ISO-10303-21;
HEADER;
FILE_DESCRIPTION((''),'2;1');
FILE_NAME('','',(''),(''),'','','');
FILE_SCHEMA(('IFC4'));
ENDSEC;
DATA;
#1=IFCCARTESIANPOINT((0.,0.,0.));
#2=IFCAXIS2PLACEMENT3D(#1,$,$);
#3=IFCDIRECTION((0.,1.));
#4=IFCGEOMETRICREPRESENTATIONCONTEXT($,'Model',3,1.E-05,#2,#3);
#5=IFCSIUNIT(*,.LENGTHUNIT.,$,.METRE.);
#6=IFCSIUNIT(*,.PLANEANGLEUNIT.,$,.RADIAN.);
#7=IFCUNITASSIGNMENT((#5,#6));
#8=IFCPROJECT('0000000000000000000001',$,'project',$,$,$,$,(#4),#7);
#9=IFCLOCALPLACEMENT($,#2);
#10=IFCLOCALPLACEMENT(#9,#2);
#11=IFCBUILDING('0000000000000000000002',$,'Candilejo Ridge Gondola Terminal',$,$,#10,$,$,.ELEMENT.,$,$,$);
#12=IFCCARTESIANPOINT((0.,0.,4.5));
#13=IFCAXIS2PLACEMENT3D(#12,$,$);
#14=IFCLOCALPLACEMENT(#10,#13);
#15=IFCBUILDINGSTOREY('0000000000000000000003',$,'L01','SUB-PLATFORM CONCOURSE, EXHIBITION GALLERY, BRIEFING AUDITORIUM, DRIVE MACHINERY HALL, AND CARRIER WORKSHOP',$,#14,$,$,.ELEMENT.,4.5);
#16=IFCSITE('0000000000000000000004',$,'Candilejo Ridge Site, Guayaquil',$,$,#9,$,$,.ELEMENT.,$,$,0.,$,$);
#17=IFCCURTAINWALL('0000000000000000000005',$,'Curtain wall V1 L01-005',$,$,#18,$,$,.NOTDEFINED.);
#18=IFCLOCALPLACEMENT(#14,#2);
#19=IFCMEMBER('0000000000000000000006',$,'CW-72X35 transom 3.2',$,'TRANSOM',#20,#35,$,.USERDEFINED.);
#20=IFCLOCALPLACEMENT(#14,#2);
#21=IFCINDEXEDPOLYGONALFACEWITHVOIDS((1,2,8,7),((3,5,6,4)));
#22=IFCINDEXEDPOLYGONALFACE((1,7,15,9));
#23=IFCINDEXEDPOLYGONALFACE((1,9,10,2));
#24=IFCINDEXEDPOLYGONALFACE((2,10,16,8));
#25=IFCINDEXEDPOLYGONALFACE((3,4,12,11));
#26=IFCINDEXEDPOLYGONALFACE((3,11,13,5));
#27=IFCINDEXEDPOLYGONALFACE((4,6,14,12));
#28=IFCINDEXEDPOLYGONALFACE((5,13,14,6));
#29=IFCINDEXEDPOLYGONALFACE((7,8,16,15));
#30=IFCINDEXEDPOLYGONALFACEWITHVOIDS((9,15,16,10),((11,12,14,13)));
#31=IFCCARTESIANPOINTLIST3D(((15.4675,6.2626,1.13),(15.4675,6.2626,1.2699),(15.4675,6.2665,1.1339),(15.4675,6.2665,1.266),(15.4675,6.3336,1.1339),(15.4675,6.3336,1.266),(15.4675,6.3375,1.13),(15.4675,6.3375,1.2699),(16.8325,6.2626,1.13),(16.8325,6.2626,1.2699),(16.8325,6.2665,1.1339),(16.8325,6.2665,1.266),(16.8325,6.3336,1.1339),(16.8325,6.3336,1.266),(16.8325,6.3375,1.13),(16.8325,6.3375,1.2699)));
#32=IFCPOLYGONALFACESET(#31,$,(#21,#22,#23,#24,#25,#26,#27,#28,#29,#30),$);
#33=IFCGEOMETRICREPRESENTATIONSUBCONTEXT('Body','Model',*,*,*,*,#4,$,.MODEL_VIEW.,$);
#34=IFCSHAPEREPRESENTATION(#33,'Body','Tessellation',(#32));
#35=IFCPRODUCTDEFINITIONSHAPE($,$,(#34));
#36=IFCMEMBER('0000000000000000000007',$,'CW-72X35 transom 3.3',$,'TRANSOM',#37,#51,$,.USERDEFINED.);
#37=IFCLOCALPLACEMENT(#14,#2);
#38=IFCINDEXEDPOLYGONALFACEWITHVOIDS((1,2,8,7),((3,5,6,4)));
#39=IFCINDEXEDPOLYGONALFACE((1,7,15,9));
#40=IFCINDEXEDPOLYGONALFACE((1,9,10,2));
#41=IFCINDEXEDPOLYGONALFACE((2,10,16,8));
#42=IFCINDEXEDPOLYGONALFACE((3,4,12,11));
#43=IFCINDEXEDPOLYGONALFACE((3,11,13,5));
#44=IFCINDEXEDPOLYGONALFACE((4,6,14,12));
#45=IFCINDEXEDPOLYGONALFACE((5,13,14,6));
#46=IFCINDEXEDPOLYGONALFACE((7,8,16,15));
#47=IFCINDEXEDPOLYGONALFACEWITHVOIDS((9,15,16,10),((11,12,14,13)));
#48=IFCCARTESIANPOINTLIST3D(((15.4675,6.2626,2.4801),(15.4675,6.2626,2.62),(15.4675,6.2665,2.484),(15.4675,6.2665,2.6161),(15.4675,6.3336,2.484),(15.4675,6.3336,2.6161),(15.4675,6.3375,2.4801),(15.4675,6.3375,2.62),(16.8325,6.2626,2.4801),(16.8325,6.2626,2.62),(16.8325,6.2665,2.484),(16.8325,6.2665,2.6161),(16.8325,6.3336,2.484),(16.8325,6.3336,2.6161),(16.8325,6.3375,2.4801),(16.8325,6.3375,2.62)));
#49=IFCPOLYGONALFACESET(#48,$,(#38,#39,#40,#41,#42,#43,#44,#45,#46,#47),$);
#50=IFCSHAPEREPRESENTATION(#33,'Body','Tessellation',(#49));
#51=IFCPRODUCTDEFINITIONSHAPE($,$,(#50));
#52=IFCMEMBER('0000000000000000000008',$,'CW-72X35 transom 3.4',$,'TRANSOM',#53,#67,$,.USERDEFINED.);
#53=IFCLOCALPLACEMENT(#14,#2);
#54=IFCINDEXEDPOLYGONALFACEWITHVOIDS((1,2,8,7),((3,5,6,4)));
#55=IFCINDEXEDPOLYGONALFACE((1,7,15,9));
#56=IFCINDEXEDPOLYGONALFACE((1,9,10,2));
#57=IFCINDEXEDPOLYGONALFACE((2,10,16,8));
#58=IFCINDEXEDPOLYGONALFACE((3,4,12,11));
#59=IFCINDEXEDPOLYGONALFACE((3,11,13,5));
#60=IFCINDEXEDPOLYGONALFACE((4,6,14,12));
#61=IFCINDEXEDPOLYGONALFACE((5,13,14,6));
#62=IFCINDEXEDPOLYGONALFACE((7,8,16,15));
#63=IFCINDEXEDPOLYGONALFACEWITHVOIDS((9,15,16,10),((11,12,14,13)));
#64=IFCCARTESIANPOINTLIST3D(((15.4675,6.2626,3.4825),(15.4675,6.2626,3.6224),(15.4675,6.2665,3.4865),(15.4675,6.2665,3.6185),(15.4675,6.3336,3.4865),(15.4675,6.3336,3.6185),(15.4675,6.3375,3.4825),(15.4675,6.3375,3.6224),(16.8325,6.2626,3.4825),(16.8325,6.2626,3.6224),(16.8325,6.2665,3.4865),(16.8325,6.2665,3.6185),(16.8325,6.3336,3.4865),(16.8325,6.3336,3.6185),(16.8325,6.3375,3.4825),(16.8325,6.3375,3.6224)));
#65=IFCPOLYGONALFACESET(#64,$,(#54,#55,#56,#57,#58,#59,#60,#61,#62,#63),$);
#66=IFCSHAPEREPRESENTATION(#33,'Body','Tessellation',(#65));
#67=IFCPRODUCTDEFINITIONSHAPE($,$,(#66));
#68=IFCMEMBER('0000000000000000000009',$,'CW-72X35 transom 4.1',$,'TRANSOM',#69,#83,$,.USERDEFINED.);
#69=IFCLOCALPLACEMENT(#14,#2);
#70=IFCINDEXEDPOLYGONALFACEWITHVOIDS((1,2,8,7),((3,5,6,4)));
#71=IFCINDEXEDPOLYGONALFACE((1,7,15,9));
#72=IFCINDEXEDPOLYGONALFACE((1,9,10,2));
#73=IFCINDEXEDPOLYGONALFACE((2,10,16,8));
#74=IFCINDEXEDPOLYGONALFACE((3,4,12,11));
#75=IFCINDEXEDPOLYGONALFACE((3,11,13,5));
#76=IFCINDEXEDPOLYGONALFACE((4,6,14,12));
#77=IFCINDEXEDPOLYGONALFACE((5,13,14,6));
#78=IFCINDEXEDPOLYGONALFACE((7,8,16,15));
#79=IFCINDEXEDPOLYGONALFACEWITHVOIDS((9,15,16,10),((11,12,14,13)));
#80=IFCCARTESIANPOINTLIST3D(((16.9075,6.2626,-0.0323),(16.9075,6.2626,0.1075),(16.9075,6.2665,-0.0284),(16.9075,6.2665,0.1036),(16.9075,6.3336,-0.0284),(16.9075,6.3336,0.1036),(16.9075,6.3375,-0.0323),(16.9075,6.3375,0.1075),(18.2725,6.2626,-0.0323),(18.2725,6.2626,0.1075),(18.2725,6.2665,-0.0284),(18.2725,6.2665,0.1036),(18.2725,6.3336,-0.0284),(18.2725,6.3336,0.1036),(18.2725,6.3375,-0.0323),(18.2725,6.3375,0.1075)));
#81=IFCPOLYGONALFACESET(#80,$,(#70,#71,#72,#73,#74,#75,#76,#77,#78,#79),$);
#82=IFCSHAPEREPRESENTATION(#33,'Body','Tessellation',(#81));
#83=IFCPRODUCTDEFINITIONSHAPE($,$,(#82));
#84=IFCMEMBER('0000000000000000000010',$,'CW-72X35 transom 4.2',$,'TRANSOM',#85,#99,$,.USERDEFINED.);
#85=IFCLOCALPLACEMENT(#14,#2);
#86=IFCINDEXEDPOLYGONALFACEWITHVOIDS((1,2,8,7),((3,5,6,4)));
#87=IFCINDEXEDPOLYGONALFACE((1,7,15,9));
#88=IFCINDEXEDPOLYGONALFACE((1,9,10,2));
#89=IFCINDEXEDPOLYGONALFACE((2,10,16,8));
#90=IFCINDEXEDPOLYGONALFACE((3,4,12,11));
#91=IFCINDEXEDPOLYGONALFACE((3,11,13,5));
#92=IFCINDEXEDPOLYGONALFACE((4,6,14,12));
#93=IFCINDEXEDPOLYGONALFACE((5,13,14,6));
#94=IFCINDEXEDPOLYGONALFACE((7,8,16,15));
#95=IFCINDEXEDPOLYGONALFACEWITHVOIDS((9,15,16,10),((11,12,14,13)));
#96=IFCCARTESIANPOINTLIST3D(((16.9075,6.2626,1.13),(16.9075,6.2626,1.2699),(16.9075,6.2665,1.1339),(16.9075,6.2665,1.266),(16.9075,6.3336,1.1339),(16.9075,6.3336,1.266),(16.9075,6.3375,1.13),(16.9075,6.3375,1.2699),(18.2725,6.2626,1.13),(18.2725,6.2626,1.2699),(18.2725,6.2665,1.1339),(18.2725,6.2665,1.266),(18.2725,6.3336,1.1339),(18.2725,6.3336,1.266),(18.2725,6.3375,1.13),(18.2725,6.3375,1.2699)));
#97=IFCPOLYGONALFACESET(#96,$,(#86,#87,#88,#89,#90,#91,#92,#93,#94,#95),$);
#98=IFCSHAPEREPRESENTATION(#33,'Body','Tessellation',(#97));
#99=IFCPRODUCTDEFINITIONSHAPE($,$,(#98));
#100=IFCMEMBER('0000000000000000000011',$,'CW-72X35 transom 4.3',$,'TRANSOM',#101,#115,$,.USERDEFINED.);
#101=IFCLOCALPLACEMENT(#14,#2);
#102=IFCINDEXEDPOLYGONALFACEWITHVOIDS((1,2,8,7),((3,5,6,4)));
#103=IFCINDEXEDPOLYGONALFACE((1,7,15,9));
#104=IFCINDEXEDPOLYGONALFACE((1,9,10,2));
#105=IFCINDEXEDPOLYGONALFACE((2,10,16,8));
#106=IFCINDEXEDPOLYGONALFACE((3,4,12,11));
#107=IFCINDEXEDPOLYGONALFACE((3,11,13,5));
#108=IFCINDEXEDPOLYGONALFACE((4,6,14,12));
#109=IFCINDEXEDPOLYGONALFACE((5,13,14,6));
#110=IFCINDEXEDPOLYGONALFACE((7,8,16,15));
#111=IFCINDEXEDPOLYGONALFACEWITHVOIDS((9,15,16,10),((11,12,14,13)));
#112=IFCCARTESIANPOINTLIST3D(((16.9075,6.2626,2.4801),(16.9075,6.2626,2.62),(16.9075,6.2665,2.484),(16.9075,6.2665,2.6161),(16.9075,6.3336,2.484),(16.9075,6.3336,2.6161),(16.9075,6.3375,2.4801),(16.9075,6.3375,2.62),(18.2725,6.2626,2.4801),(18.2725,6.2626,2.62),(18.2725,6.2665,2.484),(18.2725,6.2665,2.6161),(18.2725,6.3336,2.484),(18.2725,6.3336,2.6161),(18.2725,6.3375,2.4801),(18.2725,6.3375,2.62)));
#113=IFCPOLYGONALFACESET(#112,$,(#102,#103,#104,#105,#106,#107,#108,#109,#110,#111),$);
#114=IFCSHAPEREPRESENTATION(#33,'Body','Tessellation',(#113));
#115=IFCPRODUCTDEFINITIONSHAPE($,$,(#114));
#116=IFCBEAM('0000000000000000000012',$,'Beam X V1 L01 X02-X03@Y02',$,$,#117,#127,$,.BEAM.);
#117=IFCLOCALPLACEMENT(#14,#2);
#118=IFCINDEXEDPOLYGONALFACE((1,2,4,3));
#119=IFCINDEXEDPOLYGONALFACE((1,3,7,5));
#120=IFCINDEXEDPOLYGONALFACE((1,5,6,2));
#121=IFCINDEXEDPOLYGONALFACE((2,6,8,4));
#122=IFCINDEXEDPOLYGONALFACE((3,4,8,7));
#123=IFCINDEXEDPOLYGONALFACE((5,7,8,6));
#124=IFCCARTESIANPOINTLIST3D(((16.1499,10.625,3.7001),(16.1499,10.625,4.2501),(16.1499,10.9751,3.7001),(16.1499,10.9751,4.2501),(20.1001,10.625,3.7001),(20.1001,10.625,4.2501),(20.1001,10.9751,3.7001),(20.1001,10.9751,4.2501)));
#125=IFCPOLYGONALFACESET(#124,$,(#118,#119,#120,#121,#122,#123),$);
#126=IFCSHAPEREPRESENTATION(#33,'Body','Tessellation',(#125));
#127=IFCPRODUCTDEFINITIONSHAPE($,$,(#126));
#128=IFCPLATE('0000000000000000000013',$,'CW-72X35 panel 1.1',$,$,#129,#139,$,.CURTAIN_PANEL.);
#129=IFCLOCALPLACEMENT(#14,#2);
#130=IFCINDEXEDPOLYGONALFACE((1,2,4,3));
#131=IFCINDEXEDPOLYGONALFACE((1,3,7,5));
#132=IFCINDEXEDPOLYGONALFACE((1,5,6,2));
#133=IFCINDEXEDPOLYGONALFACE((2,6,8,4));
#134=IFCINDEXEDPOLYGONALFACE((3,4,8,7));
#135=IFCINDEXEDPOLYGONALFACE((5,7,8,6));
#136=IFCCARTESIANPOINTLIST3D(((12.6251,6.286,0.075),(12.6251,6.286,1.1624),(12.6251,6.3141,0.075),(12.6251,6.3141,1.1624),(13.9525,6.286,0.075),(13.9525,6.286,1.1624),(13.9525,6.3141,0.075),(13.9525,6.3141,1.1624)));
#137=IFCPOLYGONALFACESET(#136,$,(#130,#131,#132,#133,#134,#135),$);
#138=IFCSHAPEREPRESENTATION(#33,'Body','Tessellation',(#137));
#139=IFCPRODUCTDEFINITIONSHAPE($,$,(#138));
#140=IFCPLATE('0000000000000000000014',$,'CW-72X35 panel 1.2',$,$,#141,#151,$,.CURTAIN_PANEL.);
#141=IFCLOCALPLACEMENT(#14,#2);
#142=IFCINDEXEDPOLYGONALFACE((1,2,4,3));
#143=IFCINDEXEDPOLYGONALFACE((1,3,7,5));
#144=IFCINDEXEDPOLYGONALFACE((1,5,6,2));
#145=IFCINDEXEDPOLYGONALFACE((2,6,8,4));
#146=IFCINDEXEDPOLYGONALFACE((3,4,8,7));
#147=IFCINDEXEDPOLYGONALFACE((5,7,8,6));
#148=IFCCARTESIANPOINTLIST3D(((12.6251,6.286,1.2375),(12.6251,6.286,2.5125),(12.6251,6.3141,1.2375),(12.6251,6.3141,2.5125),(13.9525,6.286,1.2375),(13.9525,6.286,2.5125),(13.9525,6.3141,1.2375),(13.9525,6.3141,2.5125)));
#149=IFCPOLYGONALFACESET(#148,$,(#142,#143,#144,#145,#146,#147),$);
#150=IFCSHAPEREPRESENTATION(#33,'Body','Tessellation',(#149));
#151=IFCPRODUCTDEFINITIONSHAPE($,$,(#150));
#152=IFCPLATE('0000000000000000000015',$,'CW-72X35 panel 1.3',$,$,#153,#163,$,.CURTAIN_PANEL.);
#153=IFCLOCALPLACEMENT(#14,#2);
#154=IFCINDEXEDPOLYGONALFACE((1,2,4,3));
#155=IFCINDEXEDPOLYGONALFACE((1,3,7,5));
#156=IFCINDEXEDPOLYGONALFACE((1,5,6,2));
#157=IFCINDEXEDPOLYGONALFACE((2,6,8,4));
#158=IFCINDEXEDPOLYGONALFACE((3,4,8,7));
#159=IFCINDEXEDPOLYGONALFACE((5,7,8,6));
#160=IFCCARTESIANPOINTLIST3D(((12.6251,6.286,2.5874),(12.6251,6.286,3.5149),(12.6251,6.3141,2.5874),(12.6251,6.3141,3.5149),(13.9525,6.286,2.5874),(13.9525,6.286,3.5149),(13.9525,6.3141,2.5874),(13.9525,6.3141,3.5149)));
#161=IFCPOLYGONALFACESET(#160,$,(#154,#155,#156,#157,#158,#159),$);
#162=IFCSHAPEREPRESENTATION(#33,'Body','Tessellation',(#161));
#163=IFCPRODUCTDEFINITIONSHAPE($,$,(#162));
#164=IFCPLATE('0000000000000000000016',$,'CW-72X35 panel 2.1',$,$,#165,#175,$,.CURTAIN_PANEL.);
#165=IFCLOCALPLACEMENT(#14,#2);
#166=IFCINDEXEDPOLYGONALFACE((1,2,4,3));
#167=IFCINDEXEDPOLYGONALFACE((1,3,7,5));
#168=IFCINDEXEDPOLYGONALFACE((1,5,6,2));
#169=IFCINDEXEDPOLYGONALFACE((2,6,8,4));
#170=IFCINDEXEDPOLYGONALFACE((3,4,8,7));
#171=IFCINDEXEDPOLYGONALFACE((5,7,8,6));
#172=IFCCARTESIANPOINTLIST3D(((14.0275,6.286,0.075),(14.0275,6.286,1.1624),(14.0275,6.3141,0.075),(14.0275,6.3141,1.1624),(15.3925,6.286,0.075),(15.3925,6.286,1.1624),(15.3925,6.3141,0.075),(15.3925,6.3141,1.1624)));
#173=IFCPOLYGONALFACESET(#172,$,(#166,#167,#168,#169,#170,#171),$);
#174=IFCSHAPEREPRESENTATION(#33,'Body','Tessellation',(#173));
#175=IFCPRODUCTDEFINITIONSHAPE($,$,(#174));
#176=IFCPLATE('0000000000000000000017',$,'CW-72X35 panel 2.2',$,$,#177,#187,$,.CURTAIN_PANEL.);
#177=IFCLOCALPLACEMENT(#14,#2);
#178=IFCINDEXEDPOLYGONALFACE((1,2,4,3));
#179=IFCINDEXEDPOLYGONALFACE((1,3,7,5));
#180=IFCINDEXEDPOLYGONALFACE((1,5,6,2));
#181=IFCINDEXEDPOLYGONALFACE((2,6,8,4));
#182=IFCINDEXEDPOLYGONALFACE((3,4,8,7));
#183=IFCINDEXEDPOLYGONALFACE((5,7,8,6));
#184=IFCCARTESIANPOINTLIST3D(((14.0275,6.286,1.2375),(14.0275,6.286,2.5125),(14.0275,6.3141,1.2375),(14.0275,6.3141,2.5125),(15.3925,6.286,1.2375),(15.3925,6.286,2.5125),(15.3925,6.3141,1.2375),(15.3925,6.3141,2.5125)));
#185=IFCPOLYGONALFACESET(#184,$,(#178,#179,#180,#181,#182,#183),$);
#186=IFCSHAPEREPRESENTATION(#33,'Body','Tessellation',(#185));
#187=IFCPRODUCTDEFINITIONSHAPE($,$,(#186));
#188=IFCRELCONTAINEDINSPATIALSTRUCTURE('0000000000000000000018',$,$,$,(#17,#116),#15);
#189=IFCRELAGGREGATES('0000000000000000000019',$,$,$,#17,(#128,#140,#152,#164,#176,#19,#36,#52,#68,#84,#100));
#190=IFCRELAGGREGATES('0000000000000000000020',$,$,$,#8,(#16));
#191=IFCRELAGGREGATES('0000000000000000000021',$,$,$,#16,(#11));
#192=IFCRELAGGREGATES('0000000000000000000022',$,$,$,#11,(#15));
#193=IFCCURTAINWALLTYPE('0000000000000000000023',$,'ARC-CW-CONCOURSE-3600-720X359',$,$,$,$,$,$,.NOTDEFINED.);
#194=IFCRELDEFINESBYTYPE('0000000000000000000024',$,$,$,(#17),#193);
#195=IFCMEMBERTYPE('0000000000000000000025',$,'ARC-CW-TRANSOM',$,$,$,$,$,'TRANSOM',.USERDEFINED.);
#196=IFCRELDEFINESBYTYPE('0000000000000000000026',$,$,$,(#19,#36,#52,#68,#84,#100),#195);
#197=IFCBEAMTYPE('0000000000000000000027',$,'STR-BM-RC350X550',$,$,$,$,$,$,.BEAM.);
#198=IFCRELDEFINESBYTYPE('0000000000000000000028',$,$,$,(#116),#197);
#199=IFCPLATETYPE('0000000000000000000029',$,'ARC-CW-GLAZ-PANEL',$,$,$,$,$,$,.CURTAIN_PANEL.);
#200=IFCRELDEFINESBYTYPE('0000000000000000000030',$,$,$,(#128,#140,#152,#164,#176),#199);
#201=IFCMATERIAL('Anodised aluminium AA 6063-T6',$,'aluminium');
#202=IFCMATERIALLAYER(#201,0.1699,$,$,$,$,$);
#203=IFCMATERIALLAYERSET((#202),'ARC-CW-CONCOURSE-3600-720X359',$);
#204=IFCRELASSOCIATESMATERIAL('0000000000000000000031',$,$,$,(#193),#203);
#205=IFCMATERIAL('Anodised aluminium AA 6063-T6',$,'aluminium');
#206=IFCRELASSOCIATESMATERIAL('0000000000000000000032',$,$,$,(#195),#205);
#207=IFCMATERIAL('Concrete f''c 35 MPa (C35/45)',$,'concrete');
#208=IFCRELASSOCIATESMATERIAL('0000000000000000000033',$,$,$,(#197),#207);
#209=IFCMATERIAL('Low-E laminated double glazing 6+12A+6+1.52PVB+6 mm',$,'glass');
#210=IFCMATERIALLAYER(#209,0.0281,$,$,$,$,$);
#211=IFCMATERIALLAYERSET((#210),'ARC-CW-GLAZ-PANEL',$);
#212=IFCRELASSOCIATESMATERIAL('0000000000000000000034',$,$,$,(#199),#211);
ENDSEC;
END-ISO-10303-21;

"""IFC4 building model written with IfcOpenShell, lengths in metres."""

from ifc_helpers import new_model, si_unit, direction, frame, origin, origin_2d, place, context, subcontext, project, spatial, rectangle, hollow_rectangle, extrude, material, layer, layer_set, material_profile, profile_set, type_object, element, aggregate, save


model = new_model("IFC4")

# Units and contexts
model_context = context("Model", 3, precision=1e-05, world=origin(), true_north=direction((0.0, 1.0)))
body_context = subcontext(model_context, "Body", "Model", "MODEL_VIEW")
ifc_project = project(units=[si_unit("LENGTHUNIT", "METRE"), si_unit("PLANEANGLEUNIT", "RADIAN")], contexts=[model_context])

# Site, building, storey
site_placement = place(None, origin())
site = spatial("IfcSite", under=ifc_project, at=site_placement, Name="Candilejo Ridge Site, Guayaquil", CompositionType="ELEMENT", RefElevation=0.0)
building_placement = place(site_placement, origin())
building = spatial("IfcBuilding", under=site, at=building_placement, Name="Candilejo Ridge Gondola Terminal", CompositionType="ELEMENT")
storey_placement = place(building_placement, frame((0.0, 0.0, 4.5)))
storey = spatial("IfcBuildingStorey", under=building, at=storey_placement, Name="L01", Description="SUB-PLATFORM CONCOURSE, EXHIBITION GALLERY, BRIEFING AUDITORIUM, DRIVE MACHINERY HALL, AND CARRIER WORKSHOP", CompositionType="ELEMENT", Elevation=4.5)

# Curtain wall, members
ifc_material_1 = material(Name="Anodised aluminium AA 6063-T6", Category="aluminium")
ifc_layer_1 = layer(ifc_material_1, 0.1699)
ifc_layer_set_1 = layer_set([ifc_layer_1], Name="ARC-CW-CONCOURSE-3600-720X359")
curtain_wall_type = type_object("IfcCurtainWallType", Name="ARC-CW-CONCOURSE-3600-720X359", PredefinedType="NOTDEFINED", material=ifc_layer_set_1)
curtain_wall_placement = place(storey_placement, origin())
curtain_wall = element("IfcCurtainWall", 1, at=curtain_wall_placement, inside=storey, type_object=curtain_wall_type, Name="Curtain wall V1 L01-005", PredefinedType="NOTDEFINED")
ifc_material_2 = material(Name="Anodised aluminium AA 6063-T6", Category="aluminium")
ifc_material_profile_1 = material_profile(ifc_material_2, hollow_rectangle(XDim=0.075, YDim=0.1399, WallThickness=0.0039, at=origin_2d()))
ifc_profile_set_1 = profile_set([ifc_material_profile_1], Name="Anodised aluminium AA 6063-T6")
member_type_1 = type_object("IfcMemberType", Name="ARC-CW-TRANSOM", ElementType="TRANSOM", PredefinedType="USERDEFINED", material=ifc_profile_set_1)
member_1_placement = place(storey_placement, frame((15.4675, 6.3, 1.2), z_axis=(1.0, 0.0, 0.0), x_axis=(0.0, 1.0, 0.0)))
member_1 = element("IfcMember", 2, at=member_1_placement, type_object=member_type_1, Name="CW-72X35 transom 3.2", ObjectType="TRANSOM", PredefinedType="USERDEFINED", context=body_context, shape_type="SweptSolid", body=[
    extrude(hollow_rectangle(XDim=0.075, YDim=0.1399, WallThickness=0.0039, at=origin_2d()), origin(), (0.0, 0.0, 1.0), 1.365),
])
member_2_placement = place(storey_placement, frame((15.4675, 6.3, 2.55), z_axis=(1.0, 0.0, 0.0), x_axis=(0.0, 1.0, 0.0)))
member_2 = element("IfcMember", 3, at=member_2_placement, type_object=member_type_1, Name="CW-72X35 transom 3.3", ObjectType="TRANSOM", PredefinedType="USERDEFINED", context=body_context, shape_type="SweptSolid", body=[
    extrude(hollow_rectangle(XDim=0.075, YDim=0.1399, WallThickness=0.0039, at=origin_2d()), origin(), (0.0, 0.0, 1.0), 1.365),
])
member_3_placement = place(storey_placement, frame((15.4675, 6.3, 3.5525), z_axis=(1.0, 0.0, 0.0), x_axis=(0.0, 1.0, 0.0)))
member_3 = element("IfcMember", 4, at=member_3_placement, type_object=member_type_1, Name="CW-72X35 transom 3.4", ObjectType="TRANSOM", PredefinedType="USERDEFINED", context=body_context, shape_type="SweptSolid", body=[
    extrude(hollow_rectangle(XDim=0.075, YDim=0.1399, WallThickness=0.0039, at=origin_2d()), origin(), (0.0, 0.0, 1.0), 1.365),
])
member_4_placement = place(storey_placement, frame((16.9075, 6.3, 0.0376), z_axis=(1.0, 0.0, 0.0), x_axis=(0.0, 1.0, 0.0)))
member_4 = element("IfcMember", 5, at=member_4_placement, type_object=member_type_1, Name="CW-72X35 transom 4.1", ObjectType="TRANSOM", PredefinedType="USERDEFINED", context=body_context, shape_type="SweptSolid", body=[
    extrude(hollow_rectangle(XDim=0.075, YDim=0.1399, WallThickness=0.0039, at=origin_2d()), origin(), (0.0, 0.0, 1.0), 1.365),
])
member_5_placement = place(storey_placement, frame((16.9075, 6.3, 1.2), z_axis=(1.0, 0.0, 0.0), x_axis=(0.0, 1.0, 0.0)))
member_5 = element("IfcMember", 6, at=member_5_placement, type_object=member_type_1, Name="CW-72X35 transom 4.2", ObjectType="TRANSOM", PredefinedType="USERDEFINED", context=body_context, shape_type="SweptSolid", body=[
    extrude(hollow_rectangle(XDim=0.075, YDim=0.1399, WallThickness=0.0039, at=origin_2d()), origin(), (0.0, 0.0, 1.0), 1.365),
])
member_6_placement = place(storey_placement, frame((16.9075, 6.3, 2.55), z_axis=(1.0, 0.0, 0.0), x_axis=(0.0, 1.0, 0.0)))
member_6 = element("IfcMember", 7, at=member_6_placement, type_object=member_type_1, Name="CW-72X35 transom 4.3", ObjectType="TRANSOM", PredefinedType="USERDEFINED", context=body_context, shape_type="SweptSolid", body=[
    extrude(hollow_rectangle(XDim=0.075, YDim=0.1399, WallThickness=0.0039, at=origin_2d()), origin(), (0.0, 0.0, 1.0), 1.365),
])

# Beam
ifc_material_3 = material(Name="Concrete f'c 35 MPa (C35/45)", Category="concrete")
ifc_material_profile_2 = material_profile(ifc_material_3, rectangle(XDim=0.3501, YDim=0.55, at=origin_2d()))
ifc_profile_set_2 = profile_set([ifc_material_profile_2], Name="Concrete f'c 35 MPa (C35/45)")
beam_type = type_object("IfcBeamType", Name="STR-BM-RC350X550", PredefinedType="BEAM", material=ifc_profile_set_2)
beam_placement = place(storey_placement, frame((16.1499, 10.8, 3.9751), z_axis=(1.0, 0.0, 0.0), x_axis=(0.0, 1.0, 0.0)))
element("IfcBeam", 8, at=beam_placement, inside=storey, type_object=beam_type, Name="Beam X V1 L01 X02-X03@Y02", PredefinedType="BEAM", context=body_context, shape_type="SweptSolid", body=[
    extrude(rectangle(XDim=0.3501, YDim=0.55, at=origin_2d()), origin(), (0.0, 0.0, 1.0), 3.9502),
])

# Plates
ifc_material_4 = material(Name="Low-E laminated double glazing 6+12A+6+1.52PVB+6 mm", Category="glass")
ifc_layer_2 = layer(ifc_material_4, 0.0281)
ifc_layer_set_2 = layer_set([ifc_layer_2], Name="ARC-CW-GLAZ-PANEL")
plate_type = type_object("IfcPlateType", Name="ARC-CW-GLAZ-PANEL", PredefinedType="CURTAIN_PANEL", material=ifc_layer_set_2)
plate_1_placement = place(storey_placement, frame((13.2888, 6.3, 0.075), z_axis=(0.0, 0.0, 1.0), x_axis=(1.0, 0.0, 0.0)))
plate_1 = element("IfcPlate", 9, at=plate_1_placement, type_object=plate_type, Name="CW-72X35 panel 1.1", PredefinedType="CURTAIN_PANEL", context=body_context, shape_type="SweptSolid", body=[
    extrude(rectangle(XDim=1.3274, YDim=0.0281, at=origin_2d()), origin(), (0.0, 0.0, 1.0), 1.0874),
])
plate_2_placement = place(storey_placement, frame((13.2888, 6.3, 1.2375), z_axis=(0.0, 0.0, 1.0), x_axis=(1.0, 0.0, 0.0)))
plate_2 = element("IfcPlate", 10, at=plate_2_placement, type_object=plate_type, Name="CW-72X35 panel 1.2", PredefinedType="CURTAIN_PANEL", context=body_context, shape_type="SweptSolid", body=[
    extrude(rectangle(XDim=1.3274, YDim=0.0281, at=origin_2d()), origin(), (0.0, 0.0, 1.0), 1.2749),
])
plate_3_placement = place(storey_placement, frame((13.2888, 6.3, 2.5874), z_axis=(0.0, 0.0, 1.0), x_axis=(1.0, 0.0, 0.0)))
plate_3 = element("IfcPlate", 11, at=plate_3_placement, type_object=plate_type, Name="CW-72X35 panel 1.3", PredefinedType="CURTAIN_PANEL", context=body_context, shape_type="SweptSolid", body=[
    extrude(rectangle(XDim=1.3274, YDim=0.0281, at=origin_2d()), origin(), (0.0, 0.0, 1.0), 0.9275),
])
plate_4_placement = place(storey_placement, frame((14.71, 6.3, 0.075), z_axis=(0.0, 0.0, 1.0), x_axis=(1.0, 0.0, 0.0)))
plate_4 = element("IfcPlate", 12, at=plate_4_placement, type_object=plate_type, Name="CW-72X35 panel 2.1", PredefinedType="CURTAIN_PANEL", context=body_context, shape_type="SweptSolid", body=[
    extrude(rectangle(XDim=1.365, YDim=0.0281, at=origin_2d()), origin(), (0.0, 0.0, 1.0), 1.0874),
])
plate_5_placement = place(storey_placement, frame((14.71, 6.3, 1.2375), z_axis=(0.0, 0.0, 1.0), x_axis=(1.0, 0.0, 0.0)))
plate_5 = element("IfcPlate", 13, at=plate_5_placement, type_object=plate_type, Name="CW-72X35 panel 2.2", PredefinedType="CURTAIN_PANEL", context=body_context, shape_type="SweptSolid", body=[
    extrude(rectangle(XDim=1.365, YDim=0.0281, at=origin_2d()), origin(), (0.0, 0.0, 1.0), 1.2749),
])
aggregate(curtain_wall, [plate_1, plate_2, plate_3, plate_4, plate_5, member_1, member_2, member_3, member_4, member_5, member_6])

save(model, "model.ifc")
